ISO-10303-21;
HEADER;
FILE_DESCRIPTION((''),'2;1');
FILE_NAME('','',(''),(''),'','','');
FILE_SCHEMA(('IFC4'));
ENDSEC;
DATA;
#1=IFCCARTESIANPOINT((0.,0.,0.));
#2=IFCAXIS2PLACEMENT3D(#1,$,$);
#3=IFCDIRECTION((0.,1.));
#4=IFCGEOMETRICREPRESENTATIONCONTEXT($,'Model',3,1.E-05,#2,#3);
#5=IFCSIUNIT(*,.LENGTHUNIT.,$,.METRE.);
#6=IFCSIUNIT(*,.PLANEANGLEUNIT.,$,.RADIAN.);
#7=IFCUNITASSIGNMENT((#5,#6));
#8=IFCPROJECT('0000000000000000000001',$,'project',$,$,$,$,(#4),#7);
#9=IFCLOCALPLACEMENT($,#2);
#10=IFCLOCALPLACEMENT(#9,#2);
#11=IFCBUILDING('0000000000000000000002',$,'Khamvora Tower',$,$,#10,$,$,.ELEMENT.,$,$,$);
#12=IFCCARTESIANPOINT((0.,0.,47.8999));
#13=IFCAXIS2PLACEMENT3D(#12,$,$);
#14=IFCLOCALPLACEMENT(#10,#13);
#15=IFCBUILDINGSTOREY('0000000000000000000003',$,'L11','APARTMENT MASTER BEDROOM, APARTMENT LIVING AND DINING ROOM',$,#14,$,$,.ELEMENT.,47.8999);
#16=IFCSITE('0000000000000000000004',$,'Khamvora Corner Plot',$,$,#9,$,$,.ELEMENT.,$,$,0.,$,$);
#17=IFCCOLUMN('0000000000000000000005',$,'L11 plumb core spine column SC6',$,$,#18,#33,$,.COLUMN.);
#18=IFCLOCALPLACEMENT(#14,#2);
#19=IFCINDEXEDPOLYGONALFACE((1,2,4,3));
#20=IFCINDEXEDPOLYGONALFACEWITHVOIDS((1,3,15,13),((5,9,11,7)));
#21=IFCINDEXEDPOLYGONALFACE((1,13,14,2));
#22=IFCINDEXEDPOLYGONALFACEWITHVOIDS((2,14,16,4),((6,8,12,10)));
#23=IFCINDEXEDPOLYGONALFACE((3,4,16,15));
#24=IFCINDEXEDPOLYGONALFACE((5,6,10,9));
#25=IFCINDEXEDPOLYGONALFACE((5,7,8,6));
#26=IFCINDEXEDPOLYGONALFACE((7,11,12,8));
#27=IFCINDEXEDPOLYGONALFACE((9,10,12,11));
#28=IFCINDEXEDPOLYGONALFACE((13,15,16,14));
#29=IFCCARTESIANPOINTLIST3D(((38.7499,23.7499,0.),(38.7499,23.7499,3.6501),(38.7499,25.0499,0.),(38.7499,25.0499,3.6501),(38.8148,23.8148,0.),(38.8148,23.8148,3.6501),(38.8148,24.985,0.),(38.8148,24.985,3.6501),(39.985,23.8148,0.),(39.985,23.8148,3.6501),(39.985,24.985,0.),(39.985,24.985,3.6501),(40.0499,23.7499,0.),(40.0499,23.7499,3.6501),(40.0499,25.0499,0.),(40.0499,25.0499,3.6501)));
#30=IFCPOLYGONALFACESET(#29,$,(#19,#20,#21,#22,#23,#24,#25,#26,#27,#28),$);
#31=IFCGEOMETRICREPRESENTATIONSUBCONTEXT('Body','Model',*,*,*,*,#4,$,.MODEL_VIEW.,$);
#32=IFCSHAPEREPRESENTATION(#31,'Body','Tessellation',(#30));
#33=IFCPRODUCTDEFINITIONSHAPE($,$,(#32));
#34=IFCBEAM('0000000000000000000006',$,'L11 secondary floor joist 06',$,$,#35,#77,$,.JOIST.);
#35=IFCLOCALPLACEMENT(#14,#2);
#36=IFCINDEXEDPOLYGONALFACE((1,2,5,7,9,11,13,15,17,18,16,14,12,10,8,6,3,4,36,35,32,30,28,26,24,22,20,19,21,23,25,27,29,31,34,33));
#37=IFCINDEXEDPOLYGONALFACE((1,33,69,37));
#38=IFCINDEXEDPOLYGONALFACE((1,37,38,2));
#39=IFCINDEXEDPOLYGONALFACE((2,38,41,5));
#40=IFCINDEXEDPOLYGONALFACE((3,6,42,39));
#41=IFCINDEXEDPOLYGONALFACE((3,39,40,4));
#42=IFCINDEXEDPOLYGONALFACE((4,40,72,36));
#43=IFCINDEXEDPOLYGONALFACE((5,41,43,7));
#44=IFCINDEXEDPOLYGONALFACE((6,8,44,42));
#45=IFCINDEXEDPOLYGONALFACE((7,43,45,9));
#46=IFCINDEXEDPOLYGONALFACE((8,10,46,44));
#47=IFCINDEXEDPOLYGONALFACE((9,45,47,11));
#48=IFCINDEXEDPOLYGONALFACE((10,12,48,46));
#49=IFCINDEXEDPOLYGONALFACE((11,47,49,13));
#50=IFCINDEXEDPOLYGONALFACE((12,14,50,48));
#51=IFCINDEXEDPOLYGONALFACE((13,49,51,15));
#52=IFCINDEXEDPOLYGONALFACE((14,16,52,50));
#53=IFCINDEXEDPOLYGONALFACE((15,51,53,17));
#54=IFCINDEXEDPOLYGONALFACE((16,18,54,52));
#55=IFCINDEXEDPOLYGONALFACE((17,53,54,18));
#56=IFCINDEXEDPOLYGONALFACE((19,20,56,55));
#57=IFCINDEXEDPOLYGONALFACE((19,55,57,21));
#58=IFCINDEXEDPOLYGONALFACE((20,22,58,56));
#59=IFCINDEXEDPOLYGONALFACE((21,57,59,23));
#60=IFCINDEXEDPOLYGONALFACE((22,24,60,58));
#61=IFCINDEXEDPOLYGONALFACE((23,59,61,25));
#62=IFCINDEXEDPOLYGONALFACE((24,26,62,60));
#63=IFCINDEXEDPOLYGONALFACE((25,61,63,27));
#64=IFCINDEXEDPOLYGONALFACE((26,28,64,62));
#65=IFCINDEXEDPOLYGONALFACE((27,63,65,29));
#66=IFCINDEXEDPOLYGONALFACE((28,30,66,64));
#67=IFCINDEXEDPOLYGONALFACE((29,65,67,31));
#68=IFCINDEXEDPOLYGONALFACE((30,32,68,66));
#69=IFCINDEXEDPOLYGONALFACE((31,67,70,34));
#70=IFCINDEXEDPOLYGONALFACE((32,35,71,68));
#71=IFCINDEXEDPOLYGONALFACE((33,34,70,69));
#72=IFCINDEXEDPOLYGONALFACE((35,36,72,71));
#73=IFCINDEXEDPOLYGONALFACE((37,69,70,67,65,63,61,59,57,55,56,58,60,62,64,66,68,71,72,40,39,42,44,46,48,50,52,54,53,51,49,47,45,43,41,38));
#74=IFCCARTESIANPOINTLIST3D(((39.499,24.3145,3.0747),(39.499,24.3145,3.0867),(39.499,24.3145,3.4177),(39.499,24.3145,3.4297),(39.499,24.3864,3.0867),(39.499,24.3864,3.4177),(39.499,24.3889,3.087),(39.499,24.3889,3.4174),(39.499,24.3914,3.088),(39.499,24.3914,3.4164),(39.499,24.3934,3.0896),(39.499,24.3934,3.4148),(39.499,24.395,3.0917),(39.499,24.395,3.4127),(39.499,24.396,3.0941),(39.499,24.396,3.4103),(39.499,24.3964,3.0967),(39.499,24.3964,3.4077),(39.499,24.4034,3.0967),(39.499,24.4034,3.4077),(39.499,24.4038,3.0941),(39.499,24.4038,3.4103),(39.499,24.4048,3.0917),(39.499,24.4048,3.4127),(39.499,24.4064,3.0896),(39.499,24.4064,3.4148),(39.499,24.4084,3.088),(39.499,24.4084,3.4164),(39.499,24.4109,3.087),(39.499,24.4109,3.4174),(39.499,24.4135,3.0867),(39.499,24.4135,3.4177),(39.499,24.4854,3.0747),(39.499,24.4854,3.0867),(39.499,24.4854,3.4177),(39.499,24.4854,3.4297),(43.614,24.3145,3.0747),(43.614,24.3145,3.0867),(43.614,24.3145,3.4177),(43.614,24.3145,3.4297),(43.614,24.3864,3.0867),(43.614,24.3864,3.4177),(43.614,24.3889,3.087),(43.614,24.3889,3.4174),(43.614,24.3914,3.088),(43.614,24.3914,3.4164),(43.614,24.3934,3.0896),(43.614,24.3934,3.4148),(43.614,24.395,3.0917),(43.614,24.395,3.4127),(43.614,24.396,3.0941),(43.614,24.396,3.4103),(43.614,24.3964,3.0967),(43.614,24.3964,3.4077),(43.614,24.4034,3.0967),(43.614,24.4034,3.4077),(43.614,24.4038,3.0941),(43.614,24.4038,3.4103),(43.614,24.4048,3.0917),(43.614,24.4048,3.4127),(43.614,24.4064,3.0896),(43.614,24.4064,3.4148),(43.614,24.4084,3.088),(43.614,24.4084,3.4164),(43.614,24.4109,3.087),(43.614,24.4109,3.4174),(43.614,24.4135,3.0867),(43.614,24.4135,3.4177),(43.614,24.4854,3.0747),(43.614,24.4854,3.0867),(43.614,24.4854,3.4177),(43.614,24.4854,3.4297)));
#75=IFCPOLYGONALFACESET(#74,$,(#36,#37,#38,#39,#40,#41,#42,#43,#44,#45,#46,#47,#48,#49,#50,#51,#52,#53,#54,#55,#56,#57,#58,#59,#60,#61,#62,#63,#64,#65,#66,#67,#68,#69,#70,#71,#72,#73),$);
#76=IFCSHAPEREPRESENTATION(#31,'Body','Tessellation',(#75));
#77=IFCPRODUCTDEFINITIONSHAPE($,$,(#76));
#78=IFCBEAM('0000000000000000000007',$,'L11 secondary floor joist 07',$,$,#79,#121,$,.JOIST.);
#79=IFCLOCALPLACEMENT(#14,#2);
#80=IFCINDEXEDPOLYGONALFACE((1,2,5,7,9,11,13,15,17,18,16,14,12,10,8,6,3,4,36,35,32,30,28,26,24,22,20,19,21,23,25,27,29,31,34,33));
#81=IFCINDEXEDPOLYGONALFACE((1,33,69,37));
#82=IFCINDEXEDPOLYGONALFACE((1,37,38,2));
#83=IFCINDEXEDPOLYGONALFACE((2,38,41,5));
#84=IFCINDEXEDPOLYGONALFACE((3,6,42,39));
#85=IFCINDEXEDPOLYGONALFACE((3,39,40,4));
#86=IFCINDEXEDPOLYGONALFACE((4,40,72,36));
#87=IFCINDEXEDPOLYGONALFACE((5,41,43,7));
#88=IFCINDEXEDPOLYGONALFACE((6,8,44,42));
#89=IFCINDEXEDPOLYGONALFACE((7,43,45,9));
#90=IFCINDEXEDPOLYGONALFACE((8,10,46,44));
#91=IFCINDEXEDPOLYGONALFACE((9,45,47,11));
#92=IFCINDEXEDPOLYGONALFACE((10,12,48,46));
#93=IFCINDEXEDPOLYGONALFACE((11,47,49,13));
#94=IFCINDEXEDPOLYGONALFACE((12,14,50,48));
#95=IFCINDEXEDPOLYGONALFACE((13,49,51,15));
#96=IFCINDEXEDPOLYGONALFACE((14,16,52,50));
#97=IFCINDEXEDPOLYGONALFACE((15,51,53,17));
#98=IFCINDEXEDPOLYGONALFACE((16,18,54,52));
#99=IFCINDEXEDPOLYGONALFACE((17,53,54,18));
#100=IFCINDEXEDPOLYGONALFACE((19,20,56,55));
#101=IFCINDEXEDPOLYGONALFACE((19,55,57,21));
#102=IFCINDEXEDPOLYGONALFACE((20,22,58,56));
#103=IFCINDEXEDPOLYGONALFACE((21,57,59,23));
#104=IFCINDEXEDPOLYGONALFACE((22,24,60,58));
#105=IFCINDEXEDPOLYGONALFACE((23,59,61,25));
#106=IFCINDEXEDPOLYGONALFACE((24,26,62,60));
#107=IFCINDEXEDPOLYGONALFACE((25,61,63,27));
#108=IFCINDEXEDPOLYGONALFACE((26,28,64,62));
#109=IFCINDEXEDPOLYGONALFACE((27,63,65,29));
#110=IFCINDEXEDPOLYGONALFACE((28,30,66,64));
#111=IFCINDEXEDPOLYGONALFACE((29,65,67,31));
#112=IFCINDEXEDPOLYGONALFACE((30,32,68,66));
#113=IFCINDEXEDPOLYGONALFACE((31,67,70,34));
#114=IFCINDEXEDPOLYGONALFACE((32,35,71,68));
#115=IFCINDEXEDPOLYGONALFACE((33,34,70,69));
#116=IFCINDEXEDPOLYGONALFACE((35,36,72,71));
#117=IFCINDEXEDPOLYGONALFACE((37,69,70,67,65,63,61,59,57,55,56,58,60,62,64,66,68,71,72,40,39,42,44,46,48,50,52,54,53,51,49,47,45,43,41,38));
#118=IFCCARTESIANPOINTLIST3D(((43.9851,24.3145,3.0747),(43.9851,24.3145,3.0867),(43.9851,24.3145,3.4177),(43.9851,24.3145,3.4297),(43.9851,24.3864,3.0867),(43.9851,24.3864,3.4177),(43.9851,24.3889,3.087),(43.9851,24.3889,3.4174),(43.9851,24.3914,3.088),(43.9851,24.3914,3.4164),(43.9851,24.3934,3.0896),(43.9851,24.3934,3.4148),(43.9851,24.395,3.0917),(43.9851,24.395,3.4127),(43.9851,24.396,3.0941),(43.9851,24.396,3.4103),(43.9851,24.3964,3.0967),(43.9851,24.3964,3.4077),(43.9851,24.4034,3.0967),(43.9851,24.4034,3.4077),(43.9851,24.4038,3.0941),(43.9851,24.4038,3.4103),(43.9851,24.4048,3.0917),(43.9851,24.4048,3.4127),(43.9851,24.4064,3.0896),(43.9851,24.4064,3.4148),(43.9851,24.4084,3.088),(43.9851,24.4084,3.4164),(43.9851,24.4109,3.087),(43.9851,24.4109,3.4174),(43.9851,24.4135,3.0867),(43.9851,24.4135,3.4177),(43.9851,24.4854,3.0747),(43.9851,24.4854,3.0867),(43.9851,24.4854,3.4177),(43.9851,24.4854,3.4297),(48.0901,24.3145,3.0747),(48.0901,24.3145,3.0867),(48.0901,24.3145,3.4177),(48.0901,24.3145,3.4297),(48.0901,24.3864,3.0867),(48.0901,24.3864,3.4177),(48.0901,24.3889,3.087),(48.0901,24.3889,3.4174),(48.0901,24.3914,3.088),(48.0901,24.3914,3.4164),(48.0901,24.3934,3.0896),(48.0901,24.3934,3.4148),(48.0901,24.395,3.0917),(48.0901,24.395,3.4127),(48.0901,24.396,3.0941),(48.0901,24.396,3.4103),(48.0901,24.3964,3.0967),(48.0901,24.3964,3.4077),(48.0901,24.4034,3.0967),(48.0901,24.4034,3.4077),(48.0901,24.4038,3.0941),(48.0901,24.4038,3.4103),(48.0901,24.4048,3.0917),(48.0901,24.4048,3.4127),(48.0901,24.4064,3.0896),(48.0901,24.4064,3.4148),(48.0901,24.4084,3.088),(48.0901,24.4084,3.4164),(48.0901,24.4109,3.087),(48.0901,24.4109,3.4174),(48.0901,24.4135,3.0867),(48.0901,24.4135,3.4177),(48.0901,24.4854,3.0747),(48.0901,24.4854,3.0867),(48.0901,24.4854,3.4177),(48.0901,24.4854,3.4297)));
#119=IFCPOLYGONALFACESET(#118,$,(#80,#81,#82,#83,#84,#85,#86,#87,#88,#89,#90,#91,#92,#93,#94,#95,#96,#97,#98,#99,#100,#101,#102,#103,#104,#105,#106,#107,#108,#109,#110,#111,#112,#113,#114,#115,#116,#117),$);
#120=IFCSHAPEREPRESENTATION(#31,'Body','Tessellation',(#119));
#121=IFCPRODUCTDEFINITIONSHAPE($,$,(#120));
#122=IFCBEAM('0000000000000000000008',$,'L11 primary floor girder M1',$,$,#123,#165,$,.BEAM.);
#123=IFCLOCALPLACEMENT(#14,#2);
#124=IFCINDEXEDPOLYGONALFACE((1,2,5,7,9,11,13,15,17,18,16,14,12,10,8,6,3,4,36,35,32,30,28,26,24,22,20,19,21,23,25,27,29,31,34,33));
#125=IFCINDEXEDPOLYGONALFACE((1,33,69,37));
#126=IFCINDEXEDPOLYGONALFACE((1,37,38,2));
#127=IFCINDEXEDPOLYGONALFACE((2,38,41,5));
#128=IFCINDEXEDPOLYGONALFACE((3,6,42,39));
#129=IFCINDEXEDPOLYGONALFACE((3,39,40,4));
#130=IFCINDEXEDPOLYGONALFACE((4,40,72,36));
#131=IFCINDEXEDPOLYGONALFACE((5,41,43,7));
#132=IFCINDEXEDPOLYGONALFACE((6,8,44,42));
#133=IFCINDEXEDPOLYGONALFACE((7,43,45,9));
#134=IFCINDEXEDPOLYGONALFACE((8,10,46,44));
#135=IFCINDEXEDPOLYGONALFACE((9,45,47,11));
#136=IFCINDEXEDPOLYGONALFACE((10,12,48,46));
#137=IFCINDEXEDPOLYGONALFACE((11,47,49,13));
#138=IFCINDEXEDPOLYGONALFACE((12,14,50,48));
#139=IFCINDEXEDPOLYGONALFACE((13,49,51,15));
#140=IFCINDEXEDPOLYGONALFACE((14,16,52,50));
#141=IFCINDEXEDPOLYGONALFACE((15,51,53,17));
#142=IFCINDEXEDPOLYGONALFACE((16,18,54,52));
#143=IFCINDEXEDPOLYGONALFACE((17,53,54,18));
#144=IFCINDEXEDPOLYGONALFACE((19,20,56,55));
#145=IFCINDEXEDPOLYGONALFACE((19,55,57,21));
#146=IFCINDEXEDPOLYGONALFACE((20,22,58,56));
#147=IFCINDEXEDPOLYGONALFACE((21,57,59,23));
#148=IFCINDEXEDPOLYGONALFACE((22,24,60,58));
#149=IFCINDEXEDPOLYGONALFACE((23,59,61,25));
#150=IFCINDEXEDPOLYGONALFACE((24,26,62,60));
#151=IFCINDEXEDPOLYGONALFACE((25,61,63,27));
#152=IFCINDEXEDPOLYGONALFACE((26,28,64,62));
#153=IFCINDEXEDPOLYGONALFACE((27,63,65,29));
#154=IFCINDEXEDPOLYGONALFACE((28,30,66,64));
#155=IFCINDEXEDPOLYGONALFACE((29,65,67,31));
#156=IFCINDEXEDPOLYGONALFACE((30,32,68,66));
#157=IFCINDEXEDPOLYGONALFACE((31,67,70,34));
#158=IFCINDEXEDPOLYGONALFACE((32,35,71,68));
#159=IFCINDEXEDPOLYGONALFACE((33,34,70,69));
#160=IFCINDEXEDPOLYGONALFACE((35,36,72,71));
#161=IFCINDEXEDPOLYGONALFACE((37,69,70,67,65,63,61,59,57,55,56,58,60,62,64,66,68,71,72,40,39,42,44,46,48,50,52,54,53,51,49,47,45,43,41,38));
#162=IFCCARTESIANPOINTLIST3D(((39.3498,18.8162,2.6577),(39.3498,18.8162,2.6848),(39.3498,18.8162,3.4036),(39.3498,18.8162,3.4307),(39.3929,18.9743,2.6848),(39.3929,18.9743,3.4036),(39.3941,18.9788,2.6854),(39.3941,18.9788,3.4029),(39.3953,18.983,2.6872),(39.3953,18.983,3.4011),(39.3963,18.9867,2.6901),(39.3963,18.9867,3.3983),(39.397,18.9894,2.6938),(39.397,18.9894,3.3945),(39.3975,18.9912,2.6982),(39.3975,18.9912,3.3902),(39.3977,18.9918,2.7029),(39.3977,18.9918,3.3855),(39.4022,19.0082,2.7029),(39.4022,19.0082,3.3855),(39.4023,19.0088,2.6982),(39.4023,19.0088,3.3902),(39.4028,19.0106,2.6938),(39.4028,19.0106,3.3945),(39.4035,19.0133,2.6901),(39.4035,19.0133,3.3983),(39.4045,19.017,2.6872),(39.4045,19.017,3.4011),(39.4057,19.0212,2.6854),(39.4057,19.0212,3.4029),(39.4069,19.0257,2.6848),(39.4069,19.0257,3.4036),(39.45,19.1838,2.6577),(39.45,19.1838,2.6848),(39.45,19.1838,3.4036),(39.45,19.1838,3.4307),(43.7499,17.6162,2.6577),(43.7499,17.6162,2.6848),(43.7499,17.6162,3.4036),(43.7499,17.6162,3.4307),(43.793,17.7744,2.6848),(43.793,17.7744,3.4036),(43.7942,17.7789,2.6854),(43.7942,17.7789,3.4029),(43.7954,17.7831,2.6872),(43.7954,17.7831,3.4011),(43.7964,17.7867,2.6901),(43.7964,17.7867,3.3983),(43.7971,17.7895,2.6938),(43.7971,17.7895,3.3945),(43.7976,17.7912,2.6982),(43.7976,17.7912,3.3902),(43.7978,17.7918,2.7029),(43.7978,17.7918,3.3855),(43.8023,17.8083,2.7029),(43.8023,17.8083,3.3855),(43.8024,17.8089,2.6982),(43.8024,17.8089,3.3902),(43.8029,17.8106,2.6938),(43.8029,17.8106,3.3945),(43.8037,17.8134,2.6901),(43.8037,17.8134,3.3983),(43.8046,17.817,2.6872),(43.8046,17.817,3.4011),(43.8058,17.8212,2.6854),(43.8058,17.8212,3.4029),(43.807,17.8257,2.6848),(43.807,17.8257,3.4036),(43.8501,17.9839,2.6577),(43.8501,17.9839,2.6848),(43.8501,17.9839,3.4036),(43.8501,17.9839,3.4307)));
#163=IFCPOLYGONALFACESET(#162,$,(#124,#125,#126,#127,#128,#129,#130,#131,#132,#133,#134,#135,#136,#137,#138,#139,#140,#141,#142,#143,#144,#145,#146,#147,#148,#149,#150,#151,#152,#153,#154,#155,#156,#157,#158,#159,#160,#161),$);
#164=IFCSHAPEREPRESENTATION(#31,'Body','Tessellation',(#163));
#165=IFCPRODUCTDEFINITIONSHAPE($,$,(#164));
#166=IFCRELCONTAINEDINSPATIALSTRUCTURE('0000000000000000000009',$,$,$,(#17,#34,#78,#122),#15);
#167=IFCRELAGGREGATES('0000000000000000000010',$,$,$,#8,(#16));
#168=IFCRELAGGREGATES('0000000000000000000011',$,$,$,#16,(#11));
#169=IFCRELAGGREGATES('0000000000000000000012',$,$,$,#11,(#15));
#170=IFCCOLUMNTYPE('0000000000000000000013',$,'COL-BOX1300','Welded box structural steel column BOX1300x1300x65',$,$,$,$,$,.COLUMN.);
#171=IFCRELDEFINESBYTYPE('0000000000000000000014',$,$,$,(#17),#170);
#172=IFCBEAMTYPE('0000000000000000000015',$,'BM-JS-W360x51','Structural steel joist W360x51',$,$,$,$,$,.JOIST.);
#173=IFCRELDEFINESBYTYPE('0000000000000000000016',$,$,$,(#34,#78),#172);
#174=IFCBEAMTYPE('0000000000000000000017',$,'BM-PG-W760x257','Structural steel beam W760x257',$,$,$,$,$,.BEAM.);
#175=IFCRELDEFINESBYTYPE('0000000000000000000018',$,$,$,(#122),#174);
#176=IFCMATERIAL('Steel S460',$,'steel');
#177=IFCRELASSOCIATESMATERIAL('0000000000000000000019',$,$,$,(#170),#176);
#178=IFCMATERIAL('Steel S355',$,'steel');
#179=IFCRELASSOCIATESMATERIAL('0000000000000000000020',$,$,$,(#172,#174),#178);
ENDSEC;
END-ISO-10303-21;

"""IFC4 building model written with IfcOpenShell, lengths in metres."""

from ifc_helpers import new_model, si_unit, direction, frame, origin, origin_2d, place, context, subcontext, project, spatial, hollow_rectangle, i_section, extrude, material, material_profile, profile_set, type_object, element, save


model = new_model("IFC4")

# Units and contexts
model_context = context("Model", 3, precision=1e-05, world=origin(), true_north=direction((0.0, 1.0)))
body_context = subcontext(model_context, "Body", "Model", "MODEL_VIEW")
ifc_project = project(units=[si_unit("LENGTHUNIT", "METRE"), si_unit("PLANEANGLEUNIT", "RADIAN")], contexts=[model_context])

# Site, building, storey
site_placement = place(None, origin())
site = spatial("IfcSite", under=ifc_project, at=site_placement, Name="Khamvora Corner Plot", CompositionType="ELEMENT", RefElevation=0.0)
building_placement = place(site_placement, origin())
building = spatial("IfcBuilding", under=site, at=building_placement, Name="Khamvora Tower", CompositionType="ELEMENT")
storey_placement = place(building_placement, frame((0.0, 0.0, 47.8999)))
storey = spatial("IfcBuildingStorey", under=building, at=storey_placement, Name="L11", Description="APARTMENT MASTER BEDROOM, APARTMENT LIVING AND DINING ROOM", CompositionType="ELEMENT", Elevation=47.8999)

# Column
ifc_material_1 = material(Name="Steel S460", Category="steel")
ifc_material_profile_1 = material_profile(ifc_material_1, hollow_rectangle(XDim=1.3, YDim=1.3, WallThickness=0.0649, at=origin_2d()), Name="BOX1300x1300x65")
ifc_profile_set_1 = profile_set([ifc_material_profile_1], Name="Steel S460")
column_type = type_object("IfcColumnType", Name="COL-BOX1300", Description="Welded box structural steel column BOX1300x1300x65", PredefinedType="COLUMN", material=ifc_profile_set_1)
column_placement = place(storey_placement, frame((39.3999, 24.3999, 0.0), z_axis=(0.0, 0.0, 1.0), x_axis=(1.0, 0.0, 0.0)))
element("IfcColumn", 1, at=column_placement, inside=storey, type_object=column_type, Name="L11 plumb core spine column SC6", PredefinedType="COLUMN", context=body_context, shape_type="SweptSolid", body=[
    extrude(hollow_rectangle(XDim=1.3, YDim=1.3, WallThickness=0.0649, at=origin_2d()), origin(), (0.0, 0.0, 1.0), 3.6501),
])

# Beams
ifc_material_2 = material(Name="Steel S355", Category="steel")
ifc_material_profile_2 = material_profile(ifc_material_2, i_section(OverallWidth=0.1709, OverallDepth=0.355, WebThickness=0.0071, FlangeThickness=0.012, FilletRadius=0.01, at=origin_2d()), Name="W360x51")
ifc_profile_set_2 = profile_set([ifc_material_profile_2], Name="Steel S355")
beam_type_1 = type_object("IfcBeamType", Name="BM-JS-W360x51", Description="Structural steel joist W360x51", PredefinedType="JOIST", material=ifc_profile_set_2)
beam_1_placement = place(storey_placement, frame((39.499, 24.3999, 3.2522), z_axis=(1.0, 0.0, 0.0), x_axis=(0.0, 1.0, 0.0)))
element("IfcBeam", 2, at=beam_1_placement, inside=storey, type_object=beam_type_1, Name="L11 secondary floor joist 06", PredefinedType="JOIST", context=body_context, shape_type="SweptSolid", body=[
    extrude(i_section(OverallWidth=0.1709, OverallDepth=0.355, WebThickness=0.0071, FlangeThickness=0.012, FilletRadius=0.01, at=origin_2d()), origin(), (0.0, 0.0, 1.0), 4.115),
])
beam_2_placement = place(storey_placement, frame((43.9851, 24.3999, 3.2522), z_axis=(1.0, 0.0, 0.0), x_axis=(0.0, 1.0, 0.0)))
element("IfcBeam", 3, at=beam_2_placement, inside=storey, type_object=beam_type_1, Name="L11 secondary floor joist 07", PredefinedType="JOIST", context=body_context, shape_type="SweptSolid", body=[
    extrude(i_section(OverallWidth=0.1709, OverallDepth=0.355, WebThickness=0.0071, FlangeThickness=0.012, FilletRadius=0.01, at=origin_2d()), origin(), (0.0, 0.0, 1.0), 4.105),
])
ifc_material_profile_3 = material_profile(ifc_material_2, i_section(OverallWidth=0.3811, OverallDepth=0.7729, WebThickness=0.0171, FlangeThickness=0.0271, FilletRadius=0.0181, at=origin_2d()), Name="W760x257")
ifc_profile_set_3 = profile_set([ifc_material_profile_3], Name="Steel S355")
beam_type_2 = type_object("IfcBeamType", Name="BM-PG-W760x257", Description="Structural steel beam W760x257", PredefinedType="BEAM", material=ifc_profile_set_3)
beam_3_placement = place(storey_placement, frame((39.3999, 19.0, 3.0442), z_axis=(0.964769, -0.263099, 0.0), x_axis=(0.263099, 0.964769, 0.0)))
element("IfcBeam", 4, at=beam_3_placement, inside=storey, type_object=beam_type_2, Name="L11 primary floor girder M1", PredefinedType="BEAM", context=body_context, shape_type="SweptSolid", body=[
    extrude(i_section(OverallWidth=0.3811, OverallDepth=0.7729, WebThickness=0.0171, FlangeThickness=0.0271, FilletRadius=0.0181, at=origin_2d()), origin(), (0.0, 0.0, 1.0), 4.5608),
])

save(model, "model.ifc")
